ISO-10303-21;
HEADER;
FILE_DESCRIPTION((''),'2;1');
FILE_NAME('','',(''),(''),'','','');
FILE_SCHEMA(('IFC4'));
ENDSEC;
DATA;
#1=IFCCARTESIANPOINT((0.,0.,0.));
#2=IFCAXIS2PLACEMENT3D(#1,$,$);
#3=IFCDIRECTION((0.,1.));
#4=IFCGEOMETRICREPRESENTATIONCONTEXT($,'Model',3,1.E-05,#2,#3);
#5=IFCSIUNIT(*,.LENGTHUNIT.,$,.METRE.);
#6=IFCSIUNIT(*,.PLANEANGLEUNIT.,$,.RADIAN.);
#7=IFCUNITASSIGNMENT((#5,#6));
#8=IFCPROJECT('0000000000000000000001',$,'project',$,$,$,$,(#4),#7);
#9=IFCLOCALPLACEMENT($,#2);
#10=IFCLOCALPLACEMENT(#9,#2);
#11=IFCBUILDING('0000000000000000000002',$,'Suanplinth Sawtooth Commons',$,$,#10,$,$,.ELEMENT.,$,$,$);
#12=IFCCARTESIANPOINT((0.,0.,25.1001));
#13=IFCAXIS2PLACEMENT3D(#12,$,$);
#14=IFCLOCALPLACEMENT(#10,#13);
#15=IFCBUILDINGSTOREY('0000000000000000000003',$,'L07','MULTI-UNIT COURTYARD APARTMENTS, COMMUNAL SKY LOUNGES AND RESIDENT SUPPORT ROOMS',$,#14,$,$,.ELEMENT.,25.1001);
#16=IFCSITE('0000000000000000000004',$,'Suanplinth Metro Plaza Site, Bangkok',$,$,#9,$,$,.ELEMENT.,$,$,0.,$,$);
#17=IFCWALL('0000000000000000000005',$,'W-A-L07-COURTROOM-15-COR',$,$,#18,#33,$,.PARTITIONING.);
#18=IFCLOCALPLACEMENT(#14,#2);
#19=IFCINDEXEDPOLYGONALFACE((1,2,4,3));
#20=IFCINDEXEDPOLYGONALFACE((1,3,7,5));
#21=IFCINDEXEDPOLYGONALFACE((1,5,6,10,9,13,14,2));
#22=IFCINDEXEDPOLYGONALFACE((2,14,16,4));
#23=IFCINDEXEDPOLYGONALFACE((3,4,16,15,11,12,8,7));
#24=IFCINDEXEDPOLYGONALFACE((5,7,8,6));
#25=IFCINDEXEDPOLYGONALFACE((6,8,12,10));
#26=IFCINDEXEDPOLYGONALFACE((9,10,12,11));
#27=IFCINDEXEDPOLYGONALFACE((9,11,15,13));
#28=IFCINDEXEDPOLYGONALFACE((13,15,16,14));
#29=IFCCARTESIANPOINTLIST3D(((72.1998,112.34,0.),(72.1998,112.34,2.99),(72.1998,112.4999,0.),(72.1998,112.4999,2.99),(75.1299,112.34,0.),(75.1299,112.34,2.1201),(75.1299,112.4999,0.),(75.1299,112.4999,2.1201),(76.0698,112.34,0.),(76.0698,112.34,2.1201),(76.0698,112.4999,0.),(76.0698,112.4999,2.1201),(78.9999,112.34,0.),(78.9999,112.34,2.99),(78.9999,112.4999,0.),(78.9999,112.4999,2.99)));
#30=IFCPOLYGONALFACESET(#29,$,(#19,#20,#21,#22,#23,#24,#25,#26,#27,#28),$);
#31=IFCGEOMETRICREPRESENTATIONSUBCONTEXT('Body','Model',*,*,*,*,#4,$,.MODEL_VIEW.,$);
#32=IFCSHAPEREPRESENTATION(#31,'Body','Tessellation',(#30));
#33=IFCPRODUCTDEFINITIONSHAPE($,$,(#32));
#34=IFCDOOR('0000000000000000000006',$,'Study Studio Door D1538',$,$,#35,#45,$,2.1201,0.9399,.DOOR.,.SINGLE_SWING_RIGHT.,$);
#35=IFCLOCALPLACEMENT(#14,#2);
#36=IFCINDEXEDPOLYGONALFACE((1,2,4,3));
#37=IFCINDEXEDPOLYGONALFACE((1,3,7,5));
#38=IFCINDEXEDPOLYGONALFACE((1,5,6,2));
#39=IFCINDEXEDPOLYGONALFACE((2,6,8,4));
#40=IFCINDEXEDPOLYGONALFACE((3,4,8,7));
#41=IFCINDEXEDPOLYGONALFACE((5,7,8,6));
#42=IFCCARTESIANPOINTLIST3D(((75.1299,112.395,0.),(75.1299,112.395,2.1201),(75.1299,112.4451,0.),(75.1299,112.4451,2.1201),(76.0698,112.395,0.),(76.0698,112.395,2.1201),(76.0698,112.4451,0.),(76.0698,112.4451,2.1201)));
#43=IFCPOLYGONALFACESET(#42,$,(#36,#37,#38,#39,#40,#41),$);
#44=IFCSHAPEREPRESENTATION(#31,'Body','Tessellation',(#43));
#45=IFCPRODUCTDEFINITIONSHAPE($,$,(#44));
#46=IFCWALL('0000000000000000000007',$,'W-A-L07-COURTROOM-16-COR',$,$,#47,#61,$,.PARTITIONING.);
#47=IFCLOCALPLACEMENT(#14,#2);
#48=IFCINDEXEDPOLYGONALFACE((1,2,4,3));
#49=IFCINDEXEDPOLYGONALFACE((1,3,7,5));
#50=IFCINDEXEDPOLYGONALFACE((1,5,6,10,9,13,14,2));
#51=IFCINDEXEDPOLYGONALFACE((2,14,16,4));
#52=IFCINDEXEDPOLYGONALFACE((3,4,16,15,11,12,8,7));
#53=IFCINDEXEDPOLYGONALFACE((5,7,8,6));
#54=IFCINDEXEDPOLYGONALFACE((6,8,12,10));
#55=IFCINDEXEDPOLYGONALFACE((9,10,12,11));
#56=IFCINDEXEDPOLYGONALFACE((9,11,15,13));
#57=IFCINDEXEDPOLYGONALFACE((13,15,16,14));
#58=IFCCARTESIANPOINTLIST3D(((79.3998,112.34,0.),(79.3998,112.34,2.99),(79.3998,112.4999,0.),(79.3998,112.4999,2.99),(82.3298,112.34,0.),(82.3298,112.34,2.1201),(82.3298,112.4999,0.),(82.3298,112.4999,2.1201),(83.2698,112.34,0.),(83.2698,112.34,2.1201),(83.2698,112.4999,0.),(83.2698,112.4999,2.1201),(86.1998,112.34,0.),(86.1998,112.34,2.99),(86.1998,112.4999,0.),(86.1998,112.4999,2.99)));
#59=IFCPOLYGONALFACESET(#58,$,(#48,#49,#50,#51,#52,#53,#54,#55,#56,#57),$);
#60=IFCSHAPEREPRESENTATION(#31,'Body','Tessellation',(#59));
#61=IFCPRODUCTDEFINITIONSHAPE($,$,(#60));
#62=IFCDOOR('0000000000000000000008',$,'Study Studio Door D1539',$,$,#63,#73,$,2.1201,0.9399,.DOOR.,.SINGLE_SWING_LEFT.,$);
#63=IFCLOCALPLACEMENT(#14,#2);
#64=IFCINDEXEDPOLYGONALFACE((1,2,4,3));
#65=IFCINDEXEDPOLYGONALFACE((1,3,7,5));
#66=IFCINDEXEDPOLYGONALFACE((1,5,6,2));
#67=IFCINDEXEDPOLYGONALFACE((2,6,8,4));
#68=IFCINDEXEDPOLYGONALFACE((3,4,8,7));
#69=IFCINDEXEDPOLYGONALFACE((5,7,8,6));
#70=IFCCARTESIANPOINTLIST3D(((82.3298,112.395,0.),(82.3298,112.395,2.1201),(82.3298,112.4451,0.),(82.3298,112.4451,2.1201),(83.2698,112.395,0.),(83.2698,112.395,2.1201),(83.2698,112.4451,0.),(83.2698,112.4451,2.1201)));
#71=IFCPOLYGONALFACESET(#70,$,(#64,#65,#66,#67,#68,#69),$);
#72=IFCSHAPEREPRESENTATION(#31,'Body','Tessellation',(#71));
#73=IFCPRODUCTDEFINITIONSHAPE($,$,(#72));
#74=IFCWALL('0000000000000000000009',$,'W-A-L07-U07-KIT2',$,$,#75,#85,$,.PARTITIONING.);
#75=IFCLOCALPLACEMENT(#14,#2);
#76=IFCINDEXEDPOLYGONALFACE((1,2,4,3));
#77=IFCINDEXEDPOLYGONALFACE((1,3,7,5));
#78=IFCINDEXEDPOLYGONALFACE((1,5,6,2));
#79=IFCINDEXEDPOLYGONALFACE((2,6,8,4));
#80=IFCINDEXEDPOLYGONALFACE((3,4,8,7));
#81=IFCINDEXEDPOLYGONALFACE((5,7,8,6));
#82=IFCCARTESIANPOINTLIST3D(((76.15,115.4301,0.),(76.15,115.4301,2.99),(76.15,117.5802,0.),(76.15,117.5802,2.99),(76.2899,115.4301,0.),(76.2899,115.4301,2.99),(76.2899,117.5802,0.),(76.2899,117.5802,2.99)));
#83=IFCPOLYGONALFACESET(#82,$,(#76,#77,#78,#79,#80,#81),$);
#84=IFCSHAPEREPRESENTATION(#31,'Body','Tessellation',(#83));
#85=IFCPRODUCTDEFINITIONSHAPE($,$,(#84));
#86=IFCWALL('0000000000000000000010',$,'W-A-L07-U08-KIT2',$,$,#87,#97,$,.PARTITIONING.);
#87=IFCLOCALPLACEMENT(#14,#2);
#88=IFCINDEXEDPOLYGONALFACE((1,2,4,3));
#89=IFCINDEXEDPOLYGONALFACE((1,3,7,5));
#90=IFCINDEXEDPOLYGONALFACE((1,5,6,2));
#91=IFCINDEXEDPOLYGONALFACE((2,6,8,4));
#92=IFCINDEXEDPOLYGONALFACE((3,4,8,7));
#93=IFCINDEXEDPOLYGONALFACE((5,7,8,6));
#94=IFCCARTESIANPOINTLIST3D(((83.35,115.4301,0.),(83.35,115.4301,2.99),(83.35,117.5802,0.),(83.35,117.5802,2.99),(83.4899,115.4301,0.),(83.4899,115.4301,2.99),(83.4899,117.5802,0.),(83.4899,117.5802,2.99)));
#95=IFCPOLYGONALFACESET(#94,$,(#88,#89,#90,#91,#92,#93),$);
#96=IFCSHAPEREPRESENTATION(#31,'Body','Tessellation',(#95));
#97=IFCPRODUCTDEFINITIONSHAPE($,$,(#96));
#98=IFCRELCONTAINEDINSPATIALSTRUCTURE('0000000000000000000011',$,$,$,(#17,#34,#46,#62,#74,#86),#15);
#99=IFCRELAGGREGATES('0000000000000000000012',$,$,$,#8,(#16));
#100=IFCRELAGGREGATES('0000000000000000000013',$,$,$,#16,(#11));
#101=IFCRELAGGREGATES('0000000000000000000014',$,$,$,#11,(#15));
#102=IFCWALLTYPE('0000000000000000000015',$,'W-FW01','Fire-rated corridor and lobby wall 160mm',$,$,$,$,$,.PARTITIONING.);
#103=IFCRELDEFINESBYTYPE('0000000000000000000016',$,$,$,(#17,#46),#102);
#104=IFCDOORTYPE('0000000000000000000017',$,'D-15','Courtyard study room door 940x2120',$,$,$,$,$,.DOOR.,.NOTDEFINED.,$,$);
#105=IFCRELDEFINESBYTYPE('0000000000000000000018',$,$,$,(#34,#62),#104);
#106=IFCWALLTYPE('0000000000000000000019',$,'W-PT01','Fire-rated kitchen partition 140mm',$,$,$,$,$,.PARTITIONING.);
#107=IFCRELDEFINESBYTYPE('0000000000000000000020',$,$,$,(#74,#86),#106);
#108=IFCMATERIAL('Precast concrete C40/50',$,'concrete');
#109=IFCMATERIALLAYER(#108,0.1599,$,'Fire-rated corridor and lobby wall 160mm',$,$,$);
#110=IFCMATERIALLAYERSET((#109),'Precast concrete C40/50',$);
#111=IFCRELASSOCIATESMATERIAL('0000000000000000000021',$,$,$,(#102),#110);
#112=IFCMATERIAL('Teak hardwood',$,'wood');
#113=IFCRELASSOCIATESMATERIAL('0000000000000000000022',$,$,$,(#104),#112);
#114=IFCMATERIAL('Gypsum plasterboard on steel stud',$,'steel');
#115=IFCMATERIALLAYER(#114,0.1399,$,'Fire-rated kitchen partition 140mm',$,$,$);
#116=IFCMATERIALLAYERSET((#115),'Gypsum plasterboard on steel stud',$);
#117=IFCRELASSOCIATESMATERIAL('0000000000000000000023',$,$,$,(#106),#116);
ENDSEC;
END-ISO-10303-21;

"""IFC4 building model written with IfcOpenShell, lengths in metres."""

from ifc_helpers import new_model, si_unit, direction, frame, frame_2d, origin, place, context, subcontext, project, spatial, rectangle, extrude, material, layer, layer_set, type_object, element, fill, save


model = new_model("IFC4")

# Units and contexts
model_context = context("Model", 3, precision=1e-05, world=origin(), true_north=direction((0.0, 1.0)))
body_context = subcontext(model_context, "Body", "Model", "MODEL_VIEW")
ifc_project = project(units=[si_unit("LENGTHUNIT", "METRE"), si_unit("PLANEANGLEUNIT", "RADIAN")], contexts=[model_context])

# Site, building, storey
site_placement = place(None, origin())
site = spatial("IfcSite", under=ifc_project, at=site_placement, Name="Suanplinth Metro Plaza Site, Bangkok", CompositionType="ELEMENT", RefElevation=0.0)
building_placement = place(site_placement, origin())
building = spatial("IfcBuilding", under=site, at=building_placement, Name="Suanplinth Sawtooth Commons", CompositionType="ELEMENT")
storey_placement = place(building_placement, frame((0.0, 0.0, 25.1001)))
storey = spatial("IfcBuildingStorey", under=building, at=storey_placement, Name="L07", Description="MULTI-UNIT COURTYARD APARTMENTS, COMMUNAL SKY LOUNGES AND RESIDENT SUPPORT ROOMS", CompositionType="ELEMENT", Elevation=25.1001)

# Shared definitions
ifc_material_1 = material(Name="Precast concrete C40/50", Category="concrete")

# Walls, openings, doors
ifc_layer_1 = layer(ifc_material_1, 0.1599, Name="Fire-rated corridor and lobby wall 160mm")
ifc_layer_set_1 = layer_set([ifc_layer_1], Name="Precast concrete C40/50")
wall_type_1 = type_object("IfcWallType", Name="W-FW01", Description="Fire-rated corridor and lobby wall 160mm", PredefinedType="PARTITIONING", material=ifc_layer_set_1)
wall_1_placement = place(storey_placement, frame((72.2, 112.4199, 0.0), z_axis=(0.0, 0.0, 1.0), x_axis=(1.0, 0.0, 0.0)))
wall_1 = element("IfcWall", 1, at=wall_1_placement, inside=storey, type_object=wall_type_1, Name="W-A-L07-COURTROOM-15-COR", PredefinedType="PARTITIONING", context=body_context, shape_type="SweptSolid", body=[
    extrude(rectangle(XDim=6.8, YDim=0.1599, at=frame_2d((3.3999, 0.0))), origin(), (0.0, 0.0, 1.0), 2.99),
])
opening_1_placement = place(wall_1_placement, frame((2.9299, 0.0, 0.0)))
opening_1 = element("IfcOpeningElement", 2, at=opening_1_placement, cuts=wall_1, PredefinedType="OPENING", context=body_context, shape_type="SweptSolid", body=[
    extrude(rectangle(XDim=0.9399, YDim=2.1201, at=frame_2d((0.47, 1.0601))), frame((0.0, 0.0947, 0.0), z_axis=(0.0, -1.0, 0.0), x_axis=(1.0, 0.0, 0.0)), (0.0, 0.0, 1.0), 0.1897),
])
ifc_material_2 = material(Name="Teak hardwood", Category="wood")
door_type_1 = type_object("IfcDoorType", Name="D-15", Description="Courtyard study room door 940x2120", OperationType="NOTDEFINED", PredefinedType="DOOR", material=ifc_material_2)
door_1_placement = place(opening_1_placement, frame((0.9399, 0.0, 0.0), z_axis=(0.0, 0.0, 1.0), x_axis=(-1.0, 0.0, 0.0)))
door_1 = element("IfcDoor", 3, at=door_1_placement, inside=storey, type_object=door_type_1, Name="Study Studio Door D1538", OperationType="SINGLE_SWING_RIGHT", OverallHeight=2.1201, OverallWidth=0.9399, PredefinedType="DOOR", context=body_context, shape_type="SweptSolid", body=[
    extrude(rectangle(XDim=0.9399, YDim=2.1201, at=frame_2d((0.47, 1.0601))), frame((0.0, 0.0249, 0.0), z_axis=(0.0, -1.0, 0.0), x_axis=(1.0, 0.0, 0.0)), (0.0, 0.0, 1.0), 0.05),
])
fill(opening_1, door_1)
wall_2_placement = place(storey_placement, frame((79.3999, 112.4199, 0.0), z_axis=(0.0, 0.0, 1.0), x_axis=(1.0, 0.0, 0.0)))
wall_2 = element("IfcWall", 4, at=wall_2_placement, inside=storey, type_object=wall_type_1, Name="W-A-L07-COURTROOM-16-COR", PredefinedType="PARTITIONING", context=body_context, shape_type="SweptSolid", body=[
    extrude(rectangle(XDim=6.8, YDim=0.1599, at=frame_2d((3.3999, 0.0))), origin(), (0.0, 0.0, 1.0), 2.99),
])
opening_2_placement = place(wall_2_placement, frame((2.9299, 0.0, 0.0)))
opening_2 = element("IfcOpeningElement", 5, at=opening_2_placement, cuts=wall_2, PredefinedType="OPENING", context=body_context, shape_type="SweptSolid", body=[
    extrude(rectangle(XDim=0.9399, YDim=2.1201, at=frame_2d((0.47, 1.0601))), frame((0.0, 0.0947, 0.0), z_axis=(0.0, -1.0, 0.0), x_axis=(1.0, 0.0, 0.0)), (0.0, 0.0, 1.0), 0.1897),
])
door_2_placement = place(opening_2_placement, frame((0.9399, 0.0, 0.0), z_axis=(0.0, 0.0, 1.0), x_axis=(-1.0, 0.0, 0.0)))
door_2 = element("IfcDoor", 6, at=door_2_placement, inside=storey, type_object=door_type_1, Name="Study Studio Door D1539", OperationType="SINGLE_SWING_LEFT", OverallHeight=2.1201, OverallWidth=0.9399, PredefinedType="DOOR", context=body_context, shape_type="SweptSolid", body=[
    extrude(rectangle(XDim=0.9399, YDim=2.1201, at=frame_2d((0.47, 1.0601))), frame((0.0, 0.0249, 0.0), z_axis=(0.0, -1.0, 0.0), x_axis=(1.0, 0.0, 0.0)), (0.0, 0.0, 1.0), 0.05),
])
fill(opening_2, door_2)

# Walls
ifc_material_3 = material(Name="Gypsum plasterboard on steel stud", Category="steel")
ifc_layer_2 = layer(ifc_material_3, 0.1399, Name="Fire-rated kitchen partition 140mm")
ifc_layer_set_2 = layer_set([ifc_layer_2], Name="Gypsum plasterboard on steel stud")
wall_type_2 = type_object("IfcWallType", Name="W-PT01", Description="Fire-rated kitchen partition 140mm", PredefinedType="PARTITIONING", material=ifc_layer_set_2)
for number, where, z_axis, x_axis, name in (
    (7, (76.22, 115.4299, 0.0), (0.0, 0.0, 1.0), (0.0, 1.0, 0.0), "W-A-L07-U07-KIT2"),
    (8, (83.4199, 115.4299, 0.0), (0.0, 0.0, 1.0), (0.0, 1.0, 0.0), "W-A-L07-U08-KIT2"),
):
    element("IfcWall", number, at=place(storey_placement, frame(where, z_axis=z_axis, x_axis=x_axis)), inside=storey, type_object=wall_type_2, Name=name, PredefinedType="PARTITIONING", context=body_context, shape_type="SweptSolid", body=[
        extrude(rectangle(XDim=2.1501, YDim=0.1399, at=frame_2d((1.0752, 0.0))), origin(), (0.0, 0.0, 1.0), 2.99),
    ])

save(model, "model.ifc")
